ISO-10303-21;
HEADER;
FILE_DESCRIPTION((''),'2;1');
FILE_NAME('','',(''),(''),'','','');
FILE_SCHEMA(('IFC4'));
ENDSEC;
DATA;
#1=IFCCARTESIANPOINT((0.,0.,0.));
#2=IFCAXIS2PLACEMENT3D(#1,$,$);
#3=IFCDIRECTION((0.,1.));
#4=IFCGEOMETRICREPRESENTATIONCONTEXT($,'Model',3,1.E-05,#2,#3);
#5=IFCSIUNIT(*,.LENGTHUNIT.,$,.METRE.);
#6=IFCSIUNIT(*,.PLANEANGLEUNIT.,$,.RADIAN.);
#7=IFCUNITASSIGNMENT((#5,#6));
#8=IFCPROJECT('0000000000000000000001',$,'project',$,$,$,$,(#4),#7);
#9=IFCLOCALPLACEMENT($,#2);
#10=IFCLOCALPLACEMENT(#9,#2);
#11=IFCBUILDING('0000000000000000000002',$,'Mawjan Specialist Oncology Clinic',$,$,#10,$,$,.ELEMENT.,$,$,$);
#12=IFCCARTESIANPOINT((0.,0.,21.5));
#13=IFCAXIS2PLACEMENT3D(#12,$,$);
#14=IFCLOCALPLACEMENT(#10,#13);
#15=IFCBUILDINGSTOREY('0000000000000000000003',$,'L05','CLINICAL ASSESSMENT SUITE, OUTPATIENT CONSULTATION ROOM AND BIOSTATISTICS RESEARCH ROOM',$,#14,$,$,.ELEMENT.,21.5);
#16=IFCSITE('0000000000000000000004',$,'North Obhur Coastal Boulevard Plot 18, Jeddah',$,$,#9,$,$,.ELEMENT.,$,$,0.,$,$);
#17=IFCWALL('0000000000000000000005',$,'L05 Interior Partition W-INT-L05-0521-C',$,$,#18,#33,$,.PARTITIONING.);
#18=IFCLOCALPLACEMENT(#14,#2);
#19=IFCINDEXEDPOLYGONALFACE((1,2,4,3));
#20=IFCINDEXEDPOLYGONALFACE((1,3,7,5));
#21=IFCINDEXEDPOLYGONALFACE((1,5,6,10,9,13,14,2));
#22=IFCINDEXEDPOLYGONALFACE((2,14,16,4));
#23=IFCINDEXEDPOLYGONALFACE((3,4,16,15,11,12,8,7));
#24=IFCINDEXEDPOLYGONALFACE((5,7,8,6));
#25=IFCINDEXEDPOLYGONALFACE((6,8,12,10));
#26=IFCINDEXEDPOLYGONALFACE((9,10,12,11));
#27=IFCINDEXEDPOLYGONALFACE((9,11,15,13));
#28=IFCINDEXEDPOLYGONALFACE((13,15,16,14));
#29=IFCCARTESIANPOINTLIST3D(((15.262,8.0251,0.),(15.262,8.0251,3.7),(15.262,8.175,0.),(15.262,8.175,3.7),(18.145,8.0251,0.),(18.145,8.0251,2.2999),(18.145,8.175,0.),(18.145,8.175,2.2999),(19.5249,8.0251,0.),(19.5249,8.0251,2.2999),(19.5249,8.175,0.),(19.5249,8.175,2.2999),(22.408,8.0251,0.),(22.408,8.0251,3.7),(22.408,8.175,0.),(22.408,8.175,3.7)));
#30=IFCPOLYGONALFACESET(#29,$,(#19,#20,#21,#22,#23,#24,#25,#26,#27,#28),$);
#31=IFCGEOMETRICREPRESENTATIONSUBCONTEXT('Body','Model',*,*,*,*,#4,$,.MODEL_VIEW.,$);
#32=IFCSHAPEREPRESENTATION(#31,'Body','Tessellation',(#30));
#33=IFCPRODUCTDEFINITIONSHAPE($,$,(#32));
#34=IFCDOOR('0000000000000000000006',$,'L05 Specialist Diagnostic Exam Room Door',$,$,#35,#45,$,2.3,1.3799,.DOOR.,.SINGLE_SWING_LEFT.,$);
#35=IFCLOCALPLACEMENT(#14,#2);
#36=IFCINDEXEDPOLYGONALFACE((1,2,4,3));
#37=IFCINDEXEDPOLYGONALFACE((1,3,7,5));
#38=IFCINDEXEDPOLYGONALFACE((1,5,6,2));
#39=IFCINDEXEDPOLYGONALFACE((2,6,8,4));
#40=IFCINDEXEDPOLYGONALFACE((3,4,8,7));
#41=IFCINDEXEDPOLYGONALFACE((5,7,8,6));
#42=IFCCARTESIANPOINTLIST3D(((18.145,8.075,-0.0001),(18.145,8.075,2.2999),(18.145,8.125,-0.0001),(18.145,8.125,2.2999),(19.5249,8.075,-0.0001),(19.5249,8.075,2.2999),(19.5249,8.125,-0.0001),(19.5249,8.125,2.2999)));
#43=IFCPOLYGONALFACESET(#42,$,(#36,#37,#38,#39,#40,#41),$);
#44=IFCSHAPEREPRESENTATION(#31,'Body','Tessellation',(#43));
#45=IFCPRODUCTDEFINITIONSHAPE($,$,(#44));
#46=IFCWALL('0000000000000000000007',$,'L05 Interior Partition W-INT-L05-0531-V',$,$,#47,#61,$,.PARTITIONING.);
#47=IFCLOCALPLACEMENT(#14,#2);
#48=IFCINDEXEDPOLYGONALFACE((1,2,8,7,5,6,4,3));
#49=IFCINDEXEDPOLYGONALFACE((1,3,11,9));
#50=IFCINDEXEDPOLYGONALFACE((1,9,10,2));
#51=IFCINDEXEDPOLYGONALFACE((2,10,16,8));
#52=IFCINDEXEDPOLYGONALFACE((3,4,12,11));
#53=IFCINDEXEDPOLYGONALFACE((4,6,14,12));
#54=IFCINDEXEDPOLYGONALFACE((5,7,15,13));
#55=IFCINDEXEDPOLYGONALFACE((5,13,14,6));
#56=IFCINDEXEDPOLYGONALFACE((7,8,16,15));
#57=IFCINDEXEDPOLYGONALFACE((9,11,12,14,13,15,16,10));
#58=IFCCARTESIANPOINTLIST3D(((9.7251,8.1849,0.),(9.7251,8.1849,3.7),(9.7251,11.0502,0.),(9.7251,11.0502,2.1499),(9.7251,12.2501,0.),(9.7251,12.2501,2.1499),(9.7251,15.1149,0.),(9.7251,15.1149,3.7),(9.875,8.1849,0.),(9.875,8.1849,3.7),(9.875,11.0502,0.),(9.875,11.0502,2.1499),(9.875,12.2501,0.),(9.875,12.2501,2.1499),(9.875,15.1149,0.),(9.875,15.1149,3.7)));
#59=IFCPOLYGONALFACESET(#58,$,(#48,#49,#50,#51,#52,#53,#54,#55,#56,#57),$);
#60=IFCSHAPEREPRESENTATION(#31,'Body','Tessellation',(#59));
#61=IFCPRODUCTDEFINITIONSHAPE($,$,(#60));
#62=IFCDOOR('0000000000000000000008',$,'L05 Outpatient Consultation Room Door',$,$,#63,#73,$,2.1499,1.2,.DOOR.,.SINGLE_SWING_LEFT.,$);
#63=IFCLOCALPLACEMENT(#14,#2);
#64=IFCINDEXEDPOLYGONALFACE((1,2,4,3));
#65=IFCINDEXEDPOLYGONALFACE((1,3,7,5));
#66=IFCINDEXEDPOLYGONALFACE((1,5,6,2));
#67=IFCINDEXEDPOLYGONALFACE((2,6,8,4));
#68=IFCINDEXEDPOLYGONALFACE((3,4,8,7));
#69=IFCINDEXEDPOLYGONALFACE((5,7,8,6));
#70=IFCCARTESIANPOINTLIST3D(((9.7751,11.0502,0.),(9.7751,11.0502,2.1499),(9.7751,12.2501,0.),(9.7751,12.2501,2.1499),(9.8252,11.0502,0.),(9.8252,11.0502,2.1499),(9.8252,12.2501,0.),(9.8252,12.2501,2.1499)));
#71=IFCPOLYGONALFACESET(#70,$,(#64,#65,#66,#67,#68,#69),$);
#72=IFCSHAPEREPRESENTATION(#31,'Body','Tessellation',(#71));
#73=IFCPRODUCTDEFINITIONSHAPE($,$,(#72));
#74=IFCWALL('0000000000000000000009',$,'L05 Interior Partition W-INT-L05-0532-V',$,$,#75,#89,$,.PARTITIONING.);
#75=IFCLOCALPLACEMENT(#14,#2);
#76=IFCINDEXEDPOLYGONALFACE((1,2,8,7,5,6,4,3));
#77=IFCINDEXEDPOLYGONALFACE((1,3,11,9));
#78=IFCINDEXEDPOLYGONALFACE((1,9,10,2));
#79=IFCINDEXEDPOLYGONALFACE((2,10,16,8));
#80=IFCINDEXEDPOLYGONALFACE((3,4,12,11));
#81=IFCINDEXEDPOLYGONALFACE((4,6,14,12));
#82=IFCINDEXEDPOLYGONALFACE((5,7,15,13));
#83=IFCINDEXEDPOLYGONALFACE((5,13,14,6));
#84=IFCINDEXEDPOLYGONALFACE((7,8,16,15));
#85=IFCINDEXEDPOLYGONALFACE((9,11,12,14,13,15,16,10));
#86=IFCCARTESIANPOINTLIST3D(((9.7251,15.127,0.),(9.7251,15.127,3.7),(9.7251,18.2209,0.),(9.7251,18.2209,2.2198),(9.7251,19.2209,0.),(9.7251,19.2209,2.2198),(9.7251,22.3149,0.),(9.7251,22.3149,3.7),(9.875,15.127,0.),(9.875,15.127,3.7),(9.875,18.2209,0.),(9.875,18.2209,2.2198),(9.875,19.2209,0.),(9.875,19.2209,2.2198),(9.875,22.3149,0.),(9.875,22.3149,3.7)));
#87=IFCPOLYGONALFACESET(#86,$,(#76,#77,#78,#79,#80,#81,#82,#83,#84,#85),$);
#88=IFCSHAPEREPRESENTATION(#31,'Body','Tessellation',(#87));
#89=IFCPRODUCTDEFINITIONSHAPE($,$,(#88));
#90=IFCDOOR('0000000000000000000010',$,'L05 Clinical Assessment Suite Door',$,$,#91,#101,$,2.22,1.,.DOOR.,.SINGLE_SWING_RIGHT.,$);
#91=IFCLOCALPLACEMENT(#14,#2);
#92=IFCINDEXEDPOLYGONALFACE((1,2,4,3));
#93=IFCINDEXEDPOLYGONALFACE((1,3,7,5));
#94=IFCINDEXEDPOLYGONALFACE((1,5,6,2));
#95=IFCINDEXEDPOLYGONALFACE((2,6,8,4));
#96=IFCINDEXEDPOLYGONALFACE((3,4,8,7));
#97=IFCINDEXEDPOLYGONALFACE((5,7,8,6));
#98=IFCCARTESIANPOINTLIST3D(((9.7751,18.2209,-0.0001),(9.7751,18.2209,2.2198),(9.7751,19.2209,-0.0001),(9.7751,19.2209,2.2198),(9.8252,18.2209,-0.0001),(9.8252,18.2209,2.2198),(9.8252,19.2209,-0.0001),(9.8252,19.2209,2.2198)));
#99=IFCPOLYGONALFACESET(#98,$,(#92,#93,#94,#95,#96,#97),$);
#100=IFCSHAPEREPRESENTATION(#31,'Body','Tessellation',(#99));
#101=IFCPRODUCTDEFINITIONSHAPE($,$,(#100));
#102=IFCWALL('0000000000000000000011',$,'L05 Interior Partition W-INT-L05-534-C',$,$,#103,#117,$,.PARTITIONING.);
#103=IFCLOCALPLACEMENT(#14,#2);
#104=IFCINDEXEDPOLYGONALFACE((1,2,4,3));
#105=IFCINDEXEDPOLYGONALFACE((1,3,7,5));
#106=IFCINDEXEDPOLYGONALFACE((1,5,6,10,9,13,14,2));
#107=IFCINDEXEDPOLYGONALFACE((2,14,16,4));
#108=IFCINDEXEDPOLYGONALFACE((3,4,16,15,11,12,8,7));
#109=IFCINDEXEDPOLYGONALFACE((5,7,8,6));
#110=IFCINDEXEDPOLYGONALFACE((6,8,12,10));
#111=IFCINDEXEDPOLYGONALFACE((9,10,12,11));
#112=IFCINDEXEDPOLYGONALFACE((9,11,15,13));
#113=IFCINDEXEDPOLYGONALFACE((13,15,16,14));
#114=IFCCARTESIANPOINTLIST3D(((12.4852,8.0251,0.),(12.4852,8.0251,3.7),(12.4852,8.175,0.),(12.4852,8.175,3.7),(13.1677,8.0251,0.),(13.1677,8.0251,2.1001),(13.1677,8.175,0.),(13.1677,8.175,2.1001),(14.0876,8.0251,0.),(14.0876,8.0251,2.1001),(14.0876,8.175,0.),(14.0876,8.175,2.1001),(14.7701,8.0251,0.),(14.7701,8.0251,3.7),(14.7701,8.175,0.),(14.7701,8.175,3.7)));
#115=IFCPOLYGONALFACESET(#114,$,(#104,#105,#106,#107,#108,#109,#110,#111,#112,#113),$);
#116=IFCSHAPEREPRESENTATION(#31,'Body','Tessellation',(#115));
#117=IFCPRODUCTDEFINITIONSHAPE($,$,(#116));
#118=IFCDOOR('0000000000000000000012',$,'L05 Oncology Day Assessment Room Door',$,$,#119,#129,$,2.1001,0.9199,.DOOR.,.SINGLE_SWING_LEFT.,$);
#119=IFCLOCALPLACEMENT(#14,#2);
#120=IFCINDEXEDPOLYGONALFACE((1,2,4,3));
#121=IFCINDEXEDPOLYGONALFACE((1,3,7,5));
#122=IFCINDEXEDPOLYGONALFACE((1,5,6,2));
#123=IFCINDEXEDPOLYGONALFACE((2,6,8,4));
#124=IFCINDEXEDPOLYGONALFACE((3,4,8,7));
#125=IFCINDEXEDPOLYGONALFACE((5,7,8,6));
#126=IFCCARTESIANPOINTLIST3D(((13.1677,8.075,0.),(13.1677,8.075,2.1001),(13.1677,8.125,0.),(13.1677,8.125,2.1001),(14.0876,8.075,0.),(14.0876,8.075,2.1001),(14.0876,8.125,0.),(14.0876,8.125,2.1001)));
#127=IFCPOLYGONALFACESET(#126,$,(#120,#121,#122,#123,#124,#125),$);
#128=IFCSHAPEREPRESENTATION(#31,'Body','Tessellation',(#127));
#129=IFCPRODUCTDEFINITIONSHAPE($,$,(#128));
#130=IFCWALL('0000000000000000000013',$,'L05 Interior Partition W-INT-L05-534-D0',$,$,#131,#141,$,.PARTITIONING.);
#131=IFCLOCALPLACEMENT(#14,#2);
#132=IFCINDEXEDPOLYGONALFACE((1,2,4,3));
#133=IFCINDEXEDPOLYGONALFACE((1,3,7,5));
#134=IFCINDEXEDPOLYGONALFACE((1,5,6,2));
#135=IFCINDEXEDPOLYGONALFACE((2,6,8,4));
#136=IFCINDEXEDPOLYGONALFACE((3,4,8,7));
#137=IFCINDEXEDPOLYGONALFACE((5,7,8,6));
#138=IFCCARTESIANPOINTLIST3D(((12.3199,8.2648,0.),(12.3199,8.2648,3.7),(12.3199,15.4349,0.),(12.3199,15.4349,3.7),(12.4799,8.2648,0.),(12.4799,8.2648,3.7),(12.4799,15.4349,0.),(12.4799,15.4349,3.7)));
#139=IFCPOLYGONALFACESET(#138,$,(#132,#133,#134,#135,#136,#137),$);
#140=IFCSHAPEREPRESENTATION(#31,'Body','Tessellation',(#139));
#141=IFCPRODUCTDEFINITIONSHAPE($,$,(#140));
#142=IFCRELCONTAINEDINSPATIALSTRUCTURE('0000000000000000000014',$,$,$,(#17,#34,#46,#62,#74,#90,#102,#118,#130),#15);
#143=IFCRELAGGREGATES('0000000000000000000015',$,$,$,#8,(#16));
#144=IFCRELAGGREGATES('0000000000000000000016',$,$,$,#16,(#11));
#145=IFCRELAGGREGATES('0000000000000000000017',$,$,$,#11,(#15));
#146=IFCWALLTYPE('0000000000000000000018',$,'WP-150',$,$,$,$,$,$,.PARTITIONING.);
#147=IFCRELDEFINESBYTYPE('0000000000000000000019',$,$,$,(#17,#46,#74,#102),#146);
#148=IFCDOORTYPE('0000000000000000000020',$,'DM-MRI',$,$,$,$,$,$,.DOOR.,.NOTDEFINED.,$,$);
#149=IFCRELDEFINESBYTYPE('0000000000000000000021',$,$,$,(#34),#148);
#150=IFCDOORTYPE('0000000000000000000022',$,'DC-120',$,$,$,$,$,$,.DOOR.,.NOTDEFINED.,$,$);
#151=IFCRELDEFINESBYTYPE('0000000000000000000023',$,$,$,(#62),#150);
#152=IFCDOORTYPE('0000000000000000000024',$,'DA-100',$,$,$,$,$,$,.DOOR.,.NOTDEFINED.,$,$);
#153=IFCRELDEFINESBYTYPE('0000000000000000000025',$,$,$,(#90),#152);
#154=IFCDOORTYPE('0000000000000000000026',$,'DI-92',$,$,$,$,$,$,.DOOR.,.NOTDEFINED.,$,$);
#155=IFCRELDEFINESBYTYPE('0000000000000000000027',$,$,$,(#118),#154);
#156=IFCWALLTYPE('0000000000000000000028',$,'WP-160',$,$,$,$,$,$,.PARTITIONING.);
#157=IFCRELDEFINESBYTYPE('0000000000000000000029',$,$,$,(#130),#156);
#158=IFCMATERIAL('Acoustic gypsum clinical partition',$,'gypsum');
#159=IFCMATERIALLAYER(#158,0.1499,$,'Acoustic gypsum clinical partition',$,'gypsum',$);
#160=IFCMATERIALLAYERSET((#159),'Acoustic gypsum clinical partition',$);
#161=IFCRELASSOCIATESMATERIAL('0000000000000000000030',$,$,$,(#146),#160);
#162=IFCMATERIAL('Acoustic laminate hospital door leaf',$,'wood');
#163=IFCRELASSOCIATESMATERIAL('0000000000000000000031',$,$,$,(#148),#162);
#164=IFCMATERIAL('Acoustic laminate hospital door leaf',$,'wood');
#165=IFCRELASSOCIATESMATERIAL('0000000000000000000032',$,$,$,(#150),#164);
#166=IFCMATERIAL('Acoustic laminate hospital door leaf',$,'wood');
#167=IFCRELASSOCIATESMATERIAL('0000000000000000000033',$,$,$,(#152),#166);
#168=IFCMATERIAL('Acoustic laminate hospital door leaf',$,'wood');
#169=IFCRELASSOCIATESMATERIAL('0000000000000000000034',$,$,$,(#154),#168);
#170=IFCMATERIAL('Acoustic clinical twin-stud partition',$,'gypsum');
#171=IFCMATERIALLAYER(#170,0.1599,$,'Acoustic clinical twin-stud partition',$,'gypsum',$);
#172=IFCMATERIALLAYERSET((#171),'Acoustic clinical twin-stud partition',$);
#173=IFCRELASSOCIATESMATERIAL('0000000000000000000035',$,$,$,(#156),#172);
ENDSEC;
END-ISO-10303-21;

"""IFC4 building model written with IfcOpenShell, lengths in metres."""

from ifc_helpers import new_model, si_unit, direction, frame, frame_2d, origin, place, context, subcontext, project, spatial, rectangle, extrude, material, layer, layer_set, type_object, element, fill, save


model = new_model("IFC4")

# Units and contexts
model_context = context("Model", 3, precision=1e-05, world=origin(), true_north=direction((0.0, 1.0)))
body_context = subcontext(model_context, "Body", "Model", "MODEL_VIEW")
ifc_project = project(units=[si_unit("LENGTHUNIT", "METRE"), si_unit("PLANEANGLEUNIT", "RADIAN")], contexts=[model_context])

# Site, building, storey
site_placement = place(None, origin())
site = spatial("IfcSite", under=ifc_project, at=site_placement, Name="North Obhur Coastal Boulevard Plot 18, Jeddah", CompositionType="ELEMENT", RefElevation=0.0)
building_placement = place(site_placement, origin())
building = spatial("IfcBuilding", under=site, at=building_placement, Name="Mawjan Specialist Oncology Clinic", CompositionType="ELEMENT")
storey_placement = place(building_placement, frame((0.0, 0.0, 21.5)))
storey = spatial("IfcBuildingStorey", under=building, at=storey_placement, Name="L05", Description="CLINICAL ASSESSMENT SUITE, OUTPATIENT CONSULTATION ROOM AND BIOSTATISTICS RESEARCH ROOM", CompositionType="ELEMENT", Elevation=21.5)

# Walls, openings, doors
ifc_material_1 = material(Name="Acoustic gypsum clinical partition", Category="gypsum")
ifc_layer_1 = layer(ifc_material_1, 0.1499, Name="Acoustic gypsum clinical partition", Category="gypsum")
ifc_layer_set_1 = layer_set([ifc_layer_1], Name="Acoustic gypsum clinical partition")
wall_type_1 = type_object("IfcWallType", Name="WP-150", PredefinedType="PARTITIONING", material=ifc_layer_set_1)
wall_1_placement = place(storey_placement, frame((15.262, 8.1001, 0.0), z_axis=(0.0, 0.0, 1.0), x_axis=(1.0, 0.0, 0.0)))
wall_1 = element("IfcWall", 1, at=wall_1_placement, inside=storey, type_object=wall_type_1, Name="L05 Interior Partition W-INT-L05-0521-C", PredefinedType="PARTITIONING", context=body_context, shape_type="SweptSolid", body=[
    extrude(rectangle(XDim=7.146, YDim=0.1499, at=frame_2d((3.573, 0.0))), origin(), (0.0, 0.0, 1.0), 3.7),
])
opening_1_placement = place(wall_1_placement, frame((2.8831, 0.0, 0.0)))
opening_1 = element("IfcOpeningElement", 2, at=opening_1_placement, cuts=wall_1, PredefinedType="OPENING", context=body_context, shape_type="SweptSolid", body=[
    extrude(rectangle(XDim=1.3799, YDim=2.3, at=frame_2d((0.6899, 1.1499))), frame((0.0, 0.0869, 0.0), z_axis=(0.0, -1.0, 0.0), x_axis=(1.0, 0.0, 0.0)), (0.0, 0.0, 1.0), 0.1738),
])
ifc_material_2 = material(Name="Acoustic laminate hospital door leaf", Category="wood")
door_type_1 = type_object("IfcDoorType", Name="DM-MRI", OperationType="NOTDEFINED", PredefinedType="DOOR", material=ifc_material_2)
door_1_placement = place(opening_1_placement, origin())
door_1 = element("IfcDoor", 3, at=door_1_placement, inside=storey, type_object=door_type_1, Name="L05 Specialist Diagnostic Exam Room Door", OperationType="SINGLE_SWING_LEFT", OverallHeight=2.3, OverallWidth=1.3799, PredefinedType="DOOR", context=body_context, shape_type="SweptSolid", body=[
    extrude(rectangle(XDim=1.3799, YDim=2.3, at=frame_2d((0.6899, 1.1499))), frame((0.0, 0.0249, 0.0), z_axis=(0.0, -1.0, 0.0), x_axis=(1.0, 0.0, 0.0)), (0.0, 0.0, 1.0), 0.05),
])
fill(opening_1, door_1)
wall_2_placement = place(storey_placement, frame((9.8, 8.1851, 0.0), z_axis=(0.0, 0.0, 1.0), x_axis=(0.0, 1.0, 0.0)))
wall_2 = element("IfcWall", 4, at=wall_2_placement, inside=storey, type_object=wall_type_1, Name="L05 Interior Partition W-INT-L05-0531-V", PredefinedType="PARTITIONING", context=body_context, shape_type="SweptSolid", body=[
    extrude(rectangle(XDim=6.9299, YDim=0.1499, at=frame_2d((3.4648, 0.0))), origin(), (0.0, 0.0, 1.0), 3.7),
])
opening_2_placement = place(wall_2_placement, frame((2.865, 0.0, 0.0)))
opening_2 = element("IfcOpeningElement", 5, at=opening_2_placement, cuts=wall_2, PredefinedType="OPENING", context=body_context, shape_type="SweptSolid", body=[
    extrude(rectangle(XDim=1.2, YDim=2.1499, at=frame_2d((0.6001, 1.075))), frame((0.0, 0.0869, 0.0), z_axis=(0.0, -1.0, 0.0), x_axis=(1.0, 0.0, 0.0)), (0.0, 0.0, 1.0), 0.1738),
])
ifc_material_3 = material(Name="Acoustic laminate hospital door leaf", Category="wood")
door_type_2 = type_object("IfcDoorType", Name="DC-120", OperationType="NOTDEFINED", PredefinedType="DOOR", material=ifc_material_3)
door_2_placement = place(opening_2_placement, origin())
door_2 = element("IfcDoor", 6, at=door_2_placement, inside=storey, type_object=door_type_2, Name="L05 Outpatient Consultation Room Door", OperationType="SINGLE_SWING_LEFT", OverallHeight=2.1499, OverallWidth=1.2, PredefinedType="DOOR", context=body_context, shape_type="SweptSolid", body=[
    extrude(rectangle(XDim=1.2, YDim=2.1499, at=frame_2d((0.6001, 1.075))), frame((0.0, 0.0249, 0.0), z_axis=(0.0, -1.0, 0.0), x_axis=(1.0, 0.0, 0.0)), (0.0, 0.0, 1.0), 0.05),
])
fill(opening_2, door_2)
wall_3_placement = place(storey_placement, frame((9.8, 15.127, 0.0), z_axis=(0.0, 0.0, 1.0), x_axis=(0.0, 1.0, 0.0)))
wall_3 = element("IfcWall", 7, at=wall_3_placement, inside=storey, type_object=wall_type_1, Name="L05 Interior Partition W-INT-L05-0532-V", PredefinedType="PARTITIONING", context=body_context, shape_type="SweptSolid", body=[
    extrude(rectangle(XDim=7.188, YDim=0.1499, at=frame_2d((3.594, 0.0))), origin(), (0.0, 0.0, 1.0), 3.7),
])
opening_3_placement = place(wall_3_placement, frame((3.094, 0.0, 0.0)))
opening_3 = element("IfcOpeningElement", 8, at=opening_3_placement, cuts=wall_3, PredefinedType="OPENING", context=body_context, shape_type="SweptSolid", body=[
    extrude(rectangle(XDim=1.0, YDim=2.22, at=frame_2d((0.5, 1.1099))), frame((0.0, 0.0869, 0.0), z_axis=(0.0, -1.0, 0.0), x_axis=(1.0, 0.0, 0.0)), (0.0, 0.0, 1.0), 0.1738),
])
ifc_material_4 = material(Name="Acoustic laminate hospital door leaf", Category="wood")
door_type_3 = type_object("IfcDoorType", Name="DA-100", OperationType="NOTDEFINED", PredefinedType="DOOR", material=ifc_material_4)
door_3_placement = place(opening_3_placement, origin())
door_3 = element("IfcDoor", 9, at=door_3_placement, inside=storey, type_object=door_type_3, Name="L05 Clinical Assessment Suite Door", OperationType="SINGLE_SWING_RIGHT", OverallHeight=2.22, OverallWidth=1.0, PredefinedType="DOOR", context=body_context, shape_type="SweptSolid", body=[
    extrude(rectangle(XDim=1.0, YDim=2.22, at=frame_2d((0.5, 1.1099))), frame((0.0, 0.0249, 0.0), z_axis=(0.0, -1.0, 0.0), x_axis=(1.0, 0.0, 0.0)), (0.0, 0.0, 1.0), 0.05),
])
fill(opening_3, door_3)
wall_4_placement = place(storey_placement, frame((12.4851, 8.1001, 0.0), z_axis=(0.0, 0.0, 1.0), x_axis=(1.0, 0.0, 0.0)))
wall_4 = element("IfcWall", 10, at=wall_4_placement, inside=storey, type_object=wall_type_1, Name="L05 Interior Partition W-INT-L05-534-C", PredefinedType="PARTITIONING", context=body_context, shape_type="SweptSolid", body=[
    extrude(rectangle(XDim=2.2849, YDim=0.1499, at=frame_2d((1.1426, 0.0))), origin(), (0.0, 0.0, 1.0), 3.7),
])
opening_4_placement = place(wall_4_placement, frame((0.6826, 0.0, 0.0)))
opening_4 = element("IfcOpeningElement", 11, at=opening_4_placement, cuts=wall_4, PredefinedType="OPENING", context=body_context, shape_type="SweptSolid", body=[
    extrude(rectangle(XDim=0.9199, YDim=2.1001, at=frame_2d((0.46, 1.05))), frame((0.0, 0.0869, 0.0), z_axis=(0.0, -1.0, 0.0), x_axis=(1.0, 0.0, 0.0)), (0.0, 0.0, 1.0), 0.1738),
])
ifc_material_5 = material(Name="Acoustic laminate hospital door leaf", Category="wood")
door_type_4 = type_object("IfcDoorType", Name="DI-92", OperationType="NOTDEFINED", PredefinedType="DOOR", material=ifc_material_5)
door_4_placement = place(opening_4_placement, origin())
door_4 = element("IfcDoor", 12, at=door_4_placement, inside=storey, type_object=door_type_4, Name="L05 Oncology Day Assessment Room Door", OperationType="SINGLE_SWING_LEFT", OverallHeight=2.1001, OverallWidth=0.9199, PredefinedType="DOOR", context=body_context, shape_type="SweptSolid", body=[
    extrude(rectangle(XDim=0.9199, YDim=2.1001, at=frame_2d((0.46, 1.05))), frame((0.0, 0.0249, 0.0), z_axis=(0.0, -1.0, 0.0), x_axis=(1.0, 0.0, 0.0)), (0.0, 0.0, 1.0), 0.05),
])
fill(opening_4, door_4)

# Wall
ifc_material_6 = material(Name="Acoustic clinical twin-stud partition", Category="gypsum")
ifc_layer_2 = layer(ifc_material_6, 0.1599, Name="Acoustic clinical twin-stud partition", Category="gypsum")
ifc_layer_set_2 = layer_set([ifc_layer_2], Name="Acoustic clinical twin-stud partition")
wall_type_2 = type_object("IfcWallType", Name="WP-160", PredefinedType="PARTITIONING", material=ifc_layer_set_2)
wall_5_placement = place(storey_placement, frame((12.3999, 8.2649, 0.0), z_axis=(0.0, 0.0, 1.0), x_axis=(0.0, 1.0, 0.0)))
element("IfcWall", 13, at=wall_5_placement, inside=storey, type_object=wall_type_2, Name="L05 Interior Partition W-INT-L05-534-D0", PredefinedType="PARTITIONING", context=body_context, shape_type="SweptSolid", body=[
    extrude(rectangle(XDim=7.1702, YDim=0.1599, at=frame_2d((3.585, 0.0))), origin(), (0.0, 0.0, 1.0), 3.7),
])

save(model, "model.ifc")
